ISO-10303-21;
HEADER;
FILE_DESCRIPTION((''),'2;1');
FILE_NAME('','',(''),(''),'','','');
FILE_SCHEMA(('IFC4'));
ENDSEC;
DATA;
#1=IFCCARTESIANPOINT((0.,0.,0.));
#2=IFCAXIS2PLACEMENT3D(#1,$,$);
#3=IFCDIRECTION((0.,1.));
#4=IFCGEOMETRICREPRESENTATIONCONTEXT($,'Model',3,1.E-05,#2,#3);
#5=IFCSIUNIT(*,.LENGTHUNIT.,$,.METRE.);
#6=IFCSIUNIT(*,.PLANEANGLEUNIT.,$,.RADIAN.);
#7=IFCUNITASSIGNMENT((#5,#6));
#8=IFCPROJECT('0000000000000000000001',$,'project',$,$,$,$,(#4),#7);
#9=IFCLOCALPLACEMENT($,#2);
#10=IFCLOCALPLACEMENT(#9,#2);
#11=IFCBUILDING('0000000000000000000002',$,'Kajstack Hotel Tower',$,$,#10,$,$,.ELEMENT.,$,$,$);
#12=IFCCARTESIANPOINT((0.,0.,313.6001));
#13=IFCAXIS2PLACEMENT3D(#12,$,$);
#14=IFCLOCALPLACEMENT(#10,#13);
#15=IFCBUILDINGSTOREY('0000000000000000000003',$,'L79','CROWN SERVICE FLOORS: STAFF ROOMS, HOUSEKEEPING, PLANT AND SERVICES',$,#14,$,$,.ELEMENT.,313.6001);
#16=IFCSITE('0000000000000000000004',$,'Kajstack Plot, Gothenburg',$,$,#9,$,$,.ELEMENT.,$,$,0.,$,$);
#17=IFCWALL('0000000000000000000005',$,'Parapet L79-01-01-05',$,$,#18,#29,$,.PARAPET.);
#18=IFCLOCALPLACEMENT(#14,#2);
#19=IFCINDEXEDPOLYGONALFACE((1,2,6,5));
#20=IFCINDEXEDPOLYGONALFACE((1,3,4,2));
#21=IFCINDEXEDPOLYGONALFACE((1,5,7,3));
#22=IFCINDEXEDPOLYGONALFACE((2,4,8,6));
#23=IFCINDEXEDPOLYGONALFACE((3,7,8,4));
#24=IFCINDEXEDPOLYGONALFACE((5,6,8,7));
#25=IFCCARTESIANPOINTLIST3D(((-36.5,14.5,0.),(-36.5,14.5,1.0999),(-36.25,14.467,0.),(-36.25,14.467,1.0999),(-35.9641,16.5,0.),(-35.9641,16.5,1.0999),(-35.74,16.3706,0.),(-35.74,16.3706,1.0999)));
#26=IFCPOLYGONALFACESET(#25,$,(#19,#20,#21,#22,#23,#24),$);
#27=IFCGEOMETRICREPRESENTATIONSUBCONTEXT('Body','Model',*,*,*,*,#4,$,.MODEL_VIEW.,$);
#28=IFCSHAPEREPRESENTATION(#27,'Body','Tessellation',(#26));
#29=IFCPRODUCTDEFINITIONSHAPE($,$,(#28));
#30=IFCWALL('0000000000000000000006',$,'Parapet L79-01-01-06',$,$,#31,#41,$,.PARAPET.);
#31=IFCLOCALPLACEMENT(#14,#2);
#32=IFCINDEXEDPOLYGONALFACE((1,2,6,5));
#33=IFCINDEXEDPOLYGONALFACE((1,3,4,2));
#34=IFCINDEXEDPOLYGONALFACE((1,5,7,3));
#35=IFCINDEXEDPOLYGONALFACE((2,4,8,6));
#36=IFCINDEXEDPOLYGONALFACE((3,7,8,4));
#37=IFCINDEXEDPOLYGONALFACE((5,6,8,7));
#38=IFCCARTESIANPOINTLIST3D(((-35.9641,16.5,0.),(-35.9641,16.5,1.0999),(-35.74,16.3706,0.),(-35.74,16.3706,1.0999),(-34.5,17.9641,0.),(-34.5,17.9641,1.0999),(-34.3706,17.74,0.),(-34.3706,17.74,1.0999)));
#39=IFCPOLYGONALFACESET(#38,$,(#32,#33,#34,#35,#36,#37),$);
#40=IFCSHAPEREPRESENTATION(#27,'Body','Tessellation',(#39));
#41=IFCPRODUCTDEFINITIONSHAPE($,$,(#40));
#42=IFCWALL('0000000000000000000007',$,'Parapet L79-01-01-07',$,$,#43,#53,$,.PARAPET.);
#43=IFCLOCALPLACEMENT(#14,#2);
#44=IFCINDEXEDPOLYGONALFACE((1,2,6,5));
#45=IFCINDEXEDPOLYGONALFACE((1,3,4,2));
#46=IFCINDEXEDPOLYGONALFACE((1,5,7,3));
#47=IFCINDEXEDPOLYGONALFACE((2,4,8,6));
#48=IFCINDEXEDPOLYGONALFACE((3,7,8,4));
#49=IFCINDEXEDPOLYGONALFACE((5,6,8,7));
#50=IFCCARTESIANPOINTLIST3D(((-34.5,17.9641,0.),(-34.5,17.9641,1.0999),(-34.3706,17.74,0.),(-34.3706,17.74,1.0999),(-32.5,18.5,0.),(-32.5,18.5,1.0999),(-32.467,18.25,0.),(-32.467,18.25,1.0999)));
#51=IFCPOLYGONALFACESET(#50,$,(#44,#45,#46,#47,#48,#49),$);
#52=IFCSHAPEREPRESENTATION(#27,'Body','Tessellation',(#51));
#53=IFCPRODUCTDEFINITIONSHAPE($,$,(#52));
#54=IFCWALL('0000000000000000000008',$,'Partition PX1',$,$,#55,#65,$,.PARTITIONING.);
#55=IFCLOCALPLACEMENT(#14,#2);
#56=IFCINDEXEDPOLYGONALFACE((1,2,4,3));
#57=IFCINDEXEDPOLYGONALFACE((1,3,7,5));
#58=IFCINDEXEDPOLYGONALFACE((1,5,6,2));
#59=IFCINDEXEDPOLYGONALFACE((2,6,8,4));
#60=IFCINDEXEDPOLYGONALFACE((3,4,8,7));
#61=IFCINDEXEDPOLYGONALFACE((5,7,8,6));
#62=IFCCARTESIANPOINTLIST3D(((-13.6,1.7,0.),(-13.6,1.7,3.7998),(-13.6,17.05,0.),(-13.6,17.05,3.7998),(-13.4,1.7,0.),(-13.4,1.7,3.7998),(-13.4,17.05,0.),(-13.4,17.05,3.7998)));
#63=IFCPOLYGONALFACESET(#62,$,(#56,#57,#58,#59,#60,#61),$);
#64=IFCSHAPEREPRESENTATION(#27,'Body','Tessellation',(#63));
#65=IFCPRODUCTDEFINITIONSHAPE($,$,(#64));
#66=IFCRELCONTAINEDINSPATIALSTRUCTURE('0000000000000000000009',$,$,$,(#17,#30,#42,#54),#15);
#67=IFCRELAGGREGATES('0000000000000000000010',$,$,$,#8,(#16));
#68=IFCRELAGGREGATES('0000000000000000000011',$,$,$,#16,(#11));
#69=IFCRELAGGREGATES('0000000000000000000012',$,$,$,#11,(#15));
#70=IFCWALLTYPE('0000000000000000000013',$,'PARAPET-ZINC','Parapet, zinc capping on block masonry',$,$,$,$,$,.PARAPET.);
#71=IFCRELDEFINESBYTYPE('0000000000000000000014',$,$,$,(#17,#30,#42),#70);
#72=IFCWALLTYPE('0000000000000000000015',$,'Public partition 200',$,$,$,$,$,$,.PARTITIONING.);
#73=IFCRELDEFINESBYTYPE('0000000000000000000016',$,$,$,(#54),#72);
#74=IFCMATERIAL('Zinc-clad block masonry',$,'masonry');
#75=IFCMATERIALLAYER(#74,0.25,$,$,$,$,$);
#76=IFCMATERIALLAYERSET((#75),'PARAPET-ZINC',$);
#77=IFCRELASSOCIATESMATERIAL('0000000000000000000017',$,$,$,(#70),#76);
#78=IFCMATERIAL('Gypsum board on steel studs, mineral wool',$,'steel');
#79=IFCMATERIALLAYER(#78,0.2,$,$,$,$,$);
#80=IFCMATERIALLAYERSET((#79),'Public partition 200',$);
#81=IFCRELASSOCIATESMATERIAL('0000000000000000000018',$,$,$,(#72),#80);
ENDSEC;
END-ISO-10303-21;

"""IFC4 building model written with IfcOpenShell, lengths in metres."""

from ifc_helpers import new_model, si_unit, direction, frame, frame_2d, origin, place, context, subcontext, project, spatial, polyline, rectangle, outline, extrude, material, layer, layer_set, type_object, element, save


model = new_model("IFC4")

# Units and contexts
model_context = context("Model", 3, precision=1e-05, world=origin(), true_north=direction((0.0, 1.0)))
body_context = subcontext(model_context, "Body", "Model", "MODEL_VIEW")
ifc_project = project(units=[si_unit("LENGTHUNIT", "METRE"), si_unit("PLANEANGLEUNIT", "RADIAN")], contexts=[model_context])

# Site, building, storey
site_placement = place(None, origin())
site = spatial("IfcSite", under=ifc_project, at=site_placement, Name="Kajstack Plot, Gothenburg", CompositionType="ELEMENT", RefElevation=0.0)
building_placement = place(site_placement, origin())
building = spatial("IfcBuilding", under=site, at=building_placement, Name="Kajstack Hotel Tower", CompositionType="ELEMENT")
storey_placement = place(building_placement, frame((0.0, 0.0, 313.6001)))
storey = spatial("IfcBuildingStorey", under=building, at=storey_placement, Name="L79", Description="CROWN SERVICE FLOORS: STAFF ROOMS, HOUSEKEEPING, PLANT AND SERVICES", CompositionType="ELEMENT", Elevation=313.6001)

# Walls
ifc_material_1 = material(Name="Zinc-clad block masonry", Category="masonry")
ifc_layer_1 = layer(ifc_material_1, 0.25)
ifc_layer_set_1 = layer_set([ifc_layer_1], Name="PARAPET-ZINC")
wall_type_1 = type_object("IfcWallType", Name="PARAPET-ZINC", Description="Parapet, zinc capping on block masonry", PredefinedType="PARAPET", material=ifc_layer_set_1)
wall_1_placement = place(storey_placement, origin())
element("IfcWall", 1, at=wall_1_placement, inside=storey, type_object=wall_type_1, Name="Parapet L79-01-01-05", PredefinedType="PARAPET", context=body_context, shape_type="SweptSolid", body=[
    extrude(outline(polyline([(-36.5, 14.5), (-36.25, 14.467), (-35.74, 16.3706), (-35.9641, 16.5), (-36.5, 14.5)])), origin(), (0.0, 0.0, 1.0), 1.0999),
])
wall_2_placement = place(storey_placement, origin())
element("IfcWall", 2, at=wall_2_placement, inside=storey, type_object=wall_type_1, Name="Parapet L79-01-01-06", PredefinedType="PARAPET", context=body_context, shape_type="SweptSolid", body=[
    extrude(outline(polyline([(-35.9641, 16.5), (-35.74, 16.3706), (-34.3706, 17.74), (-34.5, 17.9641), (-35.9641, 16.5)])), origin(), (0.0, 0.0, 1.0), 1.0999),
])
wall_3_placement = place(storey_placement, origin())
element("IfcWall", 3, at=wall_3_placement, inside=storey, type_object=wall_type_1, Name="Parapet L79-01-01-07", PredefinedType="PARAPET", context=body_context, shape_type="SweptSolid", body=[
    extrude(outline(polyline([(-34.5, 17.9641), (-34.3706, 17.74), (-32.467, 18.25), (-32.5, 18.5), (-34.5, 17.9641)])), origin(), (0.0, 0.0, 1.0), 1.0999),
])
ifc_material_2 = material(Name="Gypsum board on steel studs, mineral wool", Category="steel")
ifc_layer_2 = layer(ifc_material_2, 0.2)
ifc_layer_set_2 = layer_set([ifc_layer_2], Name="Public partition 200")
wall_type_2 = type_object("IfcWallType", Name="Public partition 200", PredefinedType="PARTITIONING", material=ifc_layer_set_2)
wall_4_placement = place(storey_placement, frame((-13.5, 1.7, 0.0), z_axis=(0.0, 0.0, 1.0), x_axis=(0.0, 1.0, 0.0)))
element("IfcWall", 4, at=wall_4_placement, inside=storey, type_object=wall_type_2, Name="Partition PX1", PredefinedType="PARTITIONING", context=body_context, shape_type="SweptSolid", body=[
    extrude(rectangle(XDim=15.3501, YDim=0.2, at=frame_2d((7.675, 0.0))), origin(), (0.0, 0.0, 1.0), 3.7998),
])

save(model, "model.ifc")
